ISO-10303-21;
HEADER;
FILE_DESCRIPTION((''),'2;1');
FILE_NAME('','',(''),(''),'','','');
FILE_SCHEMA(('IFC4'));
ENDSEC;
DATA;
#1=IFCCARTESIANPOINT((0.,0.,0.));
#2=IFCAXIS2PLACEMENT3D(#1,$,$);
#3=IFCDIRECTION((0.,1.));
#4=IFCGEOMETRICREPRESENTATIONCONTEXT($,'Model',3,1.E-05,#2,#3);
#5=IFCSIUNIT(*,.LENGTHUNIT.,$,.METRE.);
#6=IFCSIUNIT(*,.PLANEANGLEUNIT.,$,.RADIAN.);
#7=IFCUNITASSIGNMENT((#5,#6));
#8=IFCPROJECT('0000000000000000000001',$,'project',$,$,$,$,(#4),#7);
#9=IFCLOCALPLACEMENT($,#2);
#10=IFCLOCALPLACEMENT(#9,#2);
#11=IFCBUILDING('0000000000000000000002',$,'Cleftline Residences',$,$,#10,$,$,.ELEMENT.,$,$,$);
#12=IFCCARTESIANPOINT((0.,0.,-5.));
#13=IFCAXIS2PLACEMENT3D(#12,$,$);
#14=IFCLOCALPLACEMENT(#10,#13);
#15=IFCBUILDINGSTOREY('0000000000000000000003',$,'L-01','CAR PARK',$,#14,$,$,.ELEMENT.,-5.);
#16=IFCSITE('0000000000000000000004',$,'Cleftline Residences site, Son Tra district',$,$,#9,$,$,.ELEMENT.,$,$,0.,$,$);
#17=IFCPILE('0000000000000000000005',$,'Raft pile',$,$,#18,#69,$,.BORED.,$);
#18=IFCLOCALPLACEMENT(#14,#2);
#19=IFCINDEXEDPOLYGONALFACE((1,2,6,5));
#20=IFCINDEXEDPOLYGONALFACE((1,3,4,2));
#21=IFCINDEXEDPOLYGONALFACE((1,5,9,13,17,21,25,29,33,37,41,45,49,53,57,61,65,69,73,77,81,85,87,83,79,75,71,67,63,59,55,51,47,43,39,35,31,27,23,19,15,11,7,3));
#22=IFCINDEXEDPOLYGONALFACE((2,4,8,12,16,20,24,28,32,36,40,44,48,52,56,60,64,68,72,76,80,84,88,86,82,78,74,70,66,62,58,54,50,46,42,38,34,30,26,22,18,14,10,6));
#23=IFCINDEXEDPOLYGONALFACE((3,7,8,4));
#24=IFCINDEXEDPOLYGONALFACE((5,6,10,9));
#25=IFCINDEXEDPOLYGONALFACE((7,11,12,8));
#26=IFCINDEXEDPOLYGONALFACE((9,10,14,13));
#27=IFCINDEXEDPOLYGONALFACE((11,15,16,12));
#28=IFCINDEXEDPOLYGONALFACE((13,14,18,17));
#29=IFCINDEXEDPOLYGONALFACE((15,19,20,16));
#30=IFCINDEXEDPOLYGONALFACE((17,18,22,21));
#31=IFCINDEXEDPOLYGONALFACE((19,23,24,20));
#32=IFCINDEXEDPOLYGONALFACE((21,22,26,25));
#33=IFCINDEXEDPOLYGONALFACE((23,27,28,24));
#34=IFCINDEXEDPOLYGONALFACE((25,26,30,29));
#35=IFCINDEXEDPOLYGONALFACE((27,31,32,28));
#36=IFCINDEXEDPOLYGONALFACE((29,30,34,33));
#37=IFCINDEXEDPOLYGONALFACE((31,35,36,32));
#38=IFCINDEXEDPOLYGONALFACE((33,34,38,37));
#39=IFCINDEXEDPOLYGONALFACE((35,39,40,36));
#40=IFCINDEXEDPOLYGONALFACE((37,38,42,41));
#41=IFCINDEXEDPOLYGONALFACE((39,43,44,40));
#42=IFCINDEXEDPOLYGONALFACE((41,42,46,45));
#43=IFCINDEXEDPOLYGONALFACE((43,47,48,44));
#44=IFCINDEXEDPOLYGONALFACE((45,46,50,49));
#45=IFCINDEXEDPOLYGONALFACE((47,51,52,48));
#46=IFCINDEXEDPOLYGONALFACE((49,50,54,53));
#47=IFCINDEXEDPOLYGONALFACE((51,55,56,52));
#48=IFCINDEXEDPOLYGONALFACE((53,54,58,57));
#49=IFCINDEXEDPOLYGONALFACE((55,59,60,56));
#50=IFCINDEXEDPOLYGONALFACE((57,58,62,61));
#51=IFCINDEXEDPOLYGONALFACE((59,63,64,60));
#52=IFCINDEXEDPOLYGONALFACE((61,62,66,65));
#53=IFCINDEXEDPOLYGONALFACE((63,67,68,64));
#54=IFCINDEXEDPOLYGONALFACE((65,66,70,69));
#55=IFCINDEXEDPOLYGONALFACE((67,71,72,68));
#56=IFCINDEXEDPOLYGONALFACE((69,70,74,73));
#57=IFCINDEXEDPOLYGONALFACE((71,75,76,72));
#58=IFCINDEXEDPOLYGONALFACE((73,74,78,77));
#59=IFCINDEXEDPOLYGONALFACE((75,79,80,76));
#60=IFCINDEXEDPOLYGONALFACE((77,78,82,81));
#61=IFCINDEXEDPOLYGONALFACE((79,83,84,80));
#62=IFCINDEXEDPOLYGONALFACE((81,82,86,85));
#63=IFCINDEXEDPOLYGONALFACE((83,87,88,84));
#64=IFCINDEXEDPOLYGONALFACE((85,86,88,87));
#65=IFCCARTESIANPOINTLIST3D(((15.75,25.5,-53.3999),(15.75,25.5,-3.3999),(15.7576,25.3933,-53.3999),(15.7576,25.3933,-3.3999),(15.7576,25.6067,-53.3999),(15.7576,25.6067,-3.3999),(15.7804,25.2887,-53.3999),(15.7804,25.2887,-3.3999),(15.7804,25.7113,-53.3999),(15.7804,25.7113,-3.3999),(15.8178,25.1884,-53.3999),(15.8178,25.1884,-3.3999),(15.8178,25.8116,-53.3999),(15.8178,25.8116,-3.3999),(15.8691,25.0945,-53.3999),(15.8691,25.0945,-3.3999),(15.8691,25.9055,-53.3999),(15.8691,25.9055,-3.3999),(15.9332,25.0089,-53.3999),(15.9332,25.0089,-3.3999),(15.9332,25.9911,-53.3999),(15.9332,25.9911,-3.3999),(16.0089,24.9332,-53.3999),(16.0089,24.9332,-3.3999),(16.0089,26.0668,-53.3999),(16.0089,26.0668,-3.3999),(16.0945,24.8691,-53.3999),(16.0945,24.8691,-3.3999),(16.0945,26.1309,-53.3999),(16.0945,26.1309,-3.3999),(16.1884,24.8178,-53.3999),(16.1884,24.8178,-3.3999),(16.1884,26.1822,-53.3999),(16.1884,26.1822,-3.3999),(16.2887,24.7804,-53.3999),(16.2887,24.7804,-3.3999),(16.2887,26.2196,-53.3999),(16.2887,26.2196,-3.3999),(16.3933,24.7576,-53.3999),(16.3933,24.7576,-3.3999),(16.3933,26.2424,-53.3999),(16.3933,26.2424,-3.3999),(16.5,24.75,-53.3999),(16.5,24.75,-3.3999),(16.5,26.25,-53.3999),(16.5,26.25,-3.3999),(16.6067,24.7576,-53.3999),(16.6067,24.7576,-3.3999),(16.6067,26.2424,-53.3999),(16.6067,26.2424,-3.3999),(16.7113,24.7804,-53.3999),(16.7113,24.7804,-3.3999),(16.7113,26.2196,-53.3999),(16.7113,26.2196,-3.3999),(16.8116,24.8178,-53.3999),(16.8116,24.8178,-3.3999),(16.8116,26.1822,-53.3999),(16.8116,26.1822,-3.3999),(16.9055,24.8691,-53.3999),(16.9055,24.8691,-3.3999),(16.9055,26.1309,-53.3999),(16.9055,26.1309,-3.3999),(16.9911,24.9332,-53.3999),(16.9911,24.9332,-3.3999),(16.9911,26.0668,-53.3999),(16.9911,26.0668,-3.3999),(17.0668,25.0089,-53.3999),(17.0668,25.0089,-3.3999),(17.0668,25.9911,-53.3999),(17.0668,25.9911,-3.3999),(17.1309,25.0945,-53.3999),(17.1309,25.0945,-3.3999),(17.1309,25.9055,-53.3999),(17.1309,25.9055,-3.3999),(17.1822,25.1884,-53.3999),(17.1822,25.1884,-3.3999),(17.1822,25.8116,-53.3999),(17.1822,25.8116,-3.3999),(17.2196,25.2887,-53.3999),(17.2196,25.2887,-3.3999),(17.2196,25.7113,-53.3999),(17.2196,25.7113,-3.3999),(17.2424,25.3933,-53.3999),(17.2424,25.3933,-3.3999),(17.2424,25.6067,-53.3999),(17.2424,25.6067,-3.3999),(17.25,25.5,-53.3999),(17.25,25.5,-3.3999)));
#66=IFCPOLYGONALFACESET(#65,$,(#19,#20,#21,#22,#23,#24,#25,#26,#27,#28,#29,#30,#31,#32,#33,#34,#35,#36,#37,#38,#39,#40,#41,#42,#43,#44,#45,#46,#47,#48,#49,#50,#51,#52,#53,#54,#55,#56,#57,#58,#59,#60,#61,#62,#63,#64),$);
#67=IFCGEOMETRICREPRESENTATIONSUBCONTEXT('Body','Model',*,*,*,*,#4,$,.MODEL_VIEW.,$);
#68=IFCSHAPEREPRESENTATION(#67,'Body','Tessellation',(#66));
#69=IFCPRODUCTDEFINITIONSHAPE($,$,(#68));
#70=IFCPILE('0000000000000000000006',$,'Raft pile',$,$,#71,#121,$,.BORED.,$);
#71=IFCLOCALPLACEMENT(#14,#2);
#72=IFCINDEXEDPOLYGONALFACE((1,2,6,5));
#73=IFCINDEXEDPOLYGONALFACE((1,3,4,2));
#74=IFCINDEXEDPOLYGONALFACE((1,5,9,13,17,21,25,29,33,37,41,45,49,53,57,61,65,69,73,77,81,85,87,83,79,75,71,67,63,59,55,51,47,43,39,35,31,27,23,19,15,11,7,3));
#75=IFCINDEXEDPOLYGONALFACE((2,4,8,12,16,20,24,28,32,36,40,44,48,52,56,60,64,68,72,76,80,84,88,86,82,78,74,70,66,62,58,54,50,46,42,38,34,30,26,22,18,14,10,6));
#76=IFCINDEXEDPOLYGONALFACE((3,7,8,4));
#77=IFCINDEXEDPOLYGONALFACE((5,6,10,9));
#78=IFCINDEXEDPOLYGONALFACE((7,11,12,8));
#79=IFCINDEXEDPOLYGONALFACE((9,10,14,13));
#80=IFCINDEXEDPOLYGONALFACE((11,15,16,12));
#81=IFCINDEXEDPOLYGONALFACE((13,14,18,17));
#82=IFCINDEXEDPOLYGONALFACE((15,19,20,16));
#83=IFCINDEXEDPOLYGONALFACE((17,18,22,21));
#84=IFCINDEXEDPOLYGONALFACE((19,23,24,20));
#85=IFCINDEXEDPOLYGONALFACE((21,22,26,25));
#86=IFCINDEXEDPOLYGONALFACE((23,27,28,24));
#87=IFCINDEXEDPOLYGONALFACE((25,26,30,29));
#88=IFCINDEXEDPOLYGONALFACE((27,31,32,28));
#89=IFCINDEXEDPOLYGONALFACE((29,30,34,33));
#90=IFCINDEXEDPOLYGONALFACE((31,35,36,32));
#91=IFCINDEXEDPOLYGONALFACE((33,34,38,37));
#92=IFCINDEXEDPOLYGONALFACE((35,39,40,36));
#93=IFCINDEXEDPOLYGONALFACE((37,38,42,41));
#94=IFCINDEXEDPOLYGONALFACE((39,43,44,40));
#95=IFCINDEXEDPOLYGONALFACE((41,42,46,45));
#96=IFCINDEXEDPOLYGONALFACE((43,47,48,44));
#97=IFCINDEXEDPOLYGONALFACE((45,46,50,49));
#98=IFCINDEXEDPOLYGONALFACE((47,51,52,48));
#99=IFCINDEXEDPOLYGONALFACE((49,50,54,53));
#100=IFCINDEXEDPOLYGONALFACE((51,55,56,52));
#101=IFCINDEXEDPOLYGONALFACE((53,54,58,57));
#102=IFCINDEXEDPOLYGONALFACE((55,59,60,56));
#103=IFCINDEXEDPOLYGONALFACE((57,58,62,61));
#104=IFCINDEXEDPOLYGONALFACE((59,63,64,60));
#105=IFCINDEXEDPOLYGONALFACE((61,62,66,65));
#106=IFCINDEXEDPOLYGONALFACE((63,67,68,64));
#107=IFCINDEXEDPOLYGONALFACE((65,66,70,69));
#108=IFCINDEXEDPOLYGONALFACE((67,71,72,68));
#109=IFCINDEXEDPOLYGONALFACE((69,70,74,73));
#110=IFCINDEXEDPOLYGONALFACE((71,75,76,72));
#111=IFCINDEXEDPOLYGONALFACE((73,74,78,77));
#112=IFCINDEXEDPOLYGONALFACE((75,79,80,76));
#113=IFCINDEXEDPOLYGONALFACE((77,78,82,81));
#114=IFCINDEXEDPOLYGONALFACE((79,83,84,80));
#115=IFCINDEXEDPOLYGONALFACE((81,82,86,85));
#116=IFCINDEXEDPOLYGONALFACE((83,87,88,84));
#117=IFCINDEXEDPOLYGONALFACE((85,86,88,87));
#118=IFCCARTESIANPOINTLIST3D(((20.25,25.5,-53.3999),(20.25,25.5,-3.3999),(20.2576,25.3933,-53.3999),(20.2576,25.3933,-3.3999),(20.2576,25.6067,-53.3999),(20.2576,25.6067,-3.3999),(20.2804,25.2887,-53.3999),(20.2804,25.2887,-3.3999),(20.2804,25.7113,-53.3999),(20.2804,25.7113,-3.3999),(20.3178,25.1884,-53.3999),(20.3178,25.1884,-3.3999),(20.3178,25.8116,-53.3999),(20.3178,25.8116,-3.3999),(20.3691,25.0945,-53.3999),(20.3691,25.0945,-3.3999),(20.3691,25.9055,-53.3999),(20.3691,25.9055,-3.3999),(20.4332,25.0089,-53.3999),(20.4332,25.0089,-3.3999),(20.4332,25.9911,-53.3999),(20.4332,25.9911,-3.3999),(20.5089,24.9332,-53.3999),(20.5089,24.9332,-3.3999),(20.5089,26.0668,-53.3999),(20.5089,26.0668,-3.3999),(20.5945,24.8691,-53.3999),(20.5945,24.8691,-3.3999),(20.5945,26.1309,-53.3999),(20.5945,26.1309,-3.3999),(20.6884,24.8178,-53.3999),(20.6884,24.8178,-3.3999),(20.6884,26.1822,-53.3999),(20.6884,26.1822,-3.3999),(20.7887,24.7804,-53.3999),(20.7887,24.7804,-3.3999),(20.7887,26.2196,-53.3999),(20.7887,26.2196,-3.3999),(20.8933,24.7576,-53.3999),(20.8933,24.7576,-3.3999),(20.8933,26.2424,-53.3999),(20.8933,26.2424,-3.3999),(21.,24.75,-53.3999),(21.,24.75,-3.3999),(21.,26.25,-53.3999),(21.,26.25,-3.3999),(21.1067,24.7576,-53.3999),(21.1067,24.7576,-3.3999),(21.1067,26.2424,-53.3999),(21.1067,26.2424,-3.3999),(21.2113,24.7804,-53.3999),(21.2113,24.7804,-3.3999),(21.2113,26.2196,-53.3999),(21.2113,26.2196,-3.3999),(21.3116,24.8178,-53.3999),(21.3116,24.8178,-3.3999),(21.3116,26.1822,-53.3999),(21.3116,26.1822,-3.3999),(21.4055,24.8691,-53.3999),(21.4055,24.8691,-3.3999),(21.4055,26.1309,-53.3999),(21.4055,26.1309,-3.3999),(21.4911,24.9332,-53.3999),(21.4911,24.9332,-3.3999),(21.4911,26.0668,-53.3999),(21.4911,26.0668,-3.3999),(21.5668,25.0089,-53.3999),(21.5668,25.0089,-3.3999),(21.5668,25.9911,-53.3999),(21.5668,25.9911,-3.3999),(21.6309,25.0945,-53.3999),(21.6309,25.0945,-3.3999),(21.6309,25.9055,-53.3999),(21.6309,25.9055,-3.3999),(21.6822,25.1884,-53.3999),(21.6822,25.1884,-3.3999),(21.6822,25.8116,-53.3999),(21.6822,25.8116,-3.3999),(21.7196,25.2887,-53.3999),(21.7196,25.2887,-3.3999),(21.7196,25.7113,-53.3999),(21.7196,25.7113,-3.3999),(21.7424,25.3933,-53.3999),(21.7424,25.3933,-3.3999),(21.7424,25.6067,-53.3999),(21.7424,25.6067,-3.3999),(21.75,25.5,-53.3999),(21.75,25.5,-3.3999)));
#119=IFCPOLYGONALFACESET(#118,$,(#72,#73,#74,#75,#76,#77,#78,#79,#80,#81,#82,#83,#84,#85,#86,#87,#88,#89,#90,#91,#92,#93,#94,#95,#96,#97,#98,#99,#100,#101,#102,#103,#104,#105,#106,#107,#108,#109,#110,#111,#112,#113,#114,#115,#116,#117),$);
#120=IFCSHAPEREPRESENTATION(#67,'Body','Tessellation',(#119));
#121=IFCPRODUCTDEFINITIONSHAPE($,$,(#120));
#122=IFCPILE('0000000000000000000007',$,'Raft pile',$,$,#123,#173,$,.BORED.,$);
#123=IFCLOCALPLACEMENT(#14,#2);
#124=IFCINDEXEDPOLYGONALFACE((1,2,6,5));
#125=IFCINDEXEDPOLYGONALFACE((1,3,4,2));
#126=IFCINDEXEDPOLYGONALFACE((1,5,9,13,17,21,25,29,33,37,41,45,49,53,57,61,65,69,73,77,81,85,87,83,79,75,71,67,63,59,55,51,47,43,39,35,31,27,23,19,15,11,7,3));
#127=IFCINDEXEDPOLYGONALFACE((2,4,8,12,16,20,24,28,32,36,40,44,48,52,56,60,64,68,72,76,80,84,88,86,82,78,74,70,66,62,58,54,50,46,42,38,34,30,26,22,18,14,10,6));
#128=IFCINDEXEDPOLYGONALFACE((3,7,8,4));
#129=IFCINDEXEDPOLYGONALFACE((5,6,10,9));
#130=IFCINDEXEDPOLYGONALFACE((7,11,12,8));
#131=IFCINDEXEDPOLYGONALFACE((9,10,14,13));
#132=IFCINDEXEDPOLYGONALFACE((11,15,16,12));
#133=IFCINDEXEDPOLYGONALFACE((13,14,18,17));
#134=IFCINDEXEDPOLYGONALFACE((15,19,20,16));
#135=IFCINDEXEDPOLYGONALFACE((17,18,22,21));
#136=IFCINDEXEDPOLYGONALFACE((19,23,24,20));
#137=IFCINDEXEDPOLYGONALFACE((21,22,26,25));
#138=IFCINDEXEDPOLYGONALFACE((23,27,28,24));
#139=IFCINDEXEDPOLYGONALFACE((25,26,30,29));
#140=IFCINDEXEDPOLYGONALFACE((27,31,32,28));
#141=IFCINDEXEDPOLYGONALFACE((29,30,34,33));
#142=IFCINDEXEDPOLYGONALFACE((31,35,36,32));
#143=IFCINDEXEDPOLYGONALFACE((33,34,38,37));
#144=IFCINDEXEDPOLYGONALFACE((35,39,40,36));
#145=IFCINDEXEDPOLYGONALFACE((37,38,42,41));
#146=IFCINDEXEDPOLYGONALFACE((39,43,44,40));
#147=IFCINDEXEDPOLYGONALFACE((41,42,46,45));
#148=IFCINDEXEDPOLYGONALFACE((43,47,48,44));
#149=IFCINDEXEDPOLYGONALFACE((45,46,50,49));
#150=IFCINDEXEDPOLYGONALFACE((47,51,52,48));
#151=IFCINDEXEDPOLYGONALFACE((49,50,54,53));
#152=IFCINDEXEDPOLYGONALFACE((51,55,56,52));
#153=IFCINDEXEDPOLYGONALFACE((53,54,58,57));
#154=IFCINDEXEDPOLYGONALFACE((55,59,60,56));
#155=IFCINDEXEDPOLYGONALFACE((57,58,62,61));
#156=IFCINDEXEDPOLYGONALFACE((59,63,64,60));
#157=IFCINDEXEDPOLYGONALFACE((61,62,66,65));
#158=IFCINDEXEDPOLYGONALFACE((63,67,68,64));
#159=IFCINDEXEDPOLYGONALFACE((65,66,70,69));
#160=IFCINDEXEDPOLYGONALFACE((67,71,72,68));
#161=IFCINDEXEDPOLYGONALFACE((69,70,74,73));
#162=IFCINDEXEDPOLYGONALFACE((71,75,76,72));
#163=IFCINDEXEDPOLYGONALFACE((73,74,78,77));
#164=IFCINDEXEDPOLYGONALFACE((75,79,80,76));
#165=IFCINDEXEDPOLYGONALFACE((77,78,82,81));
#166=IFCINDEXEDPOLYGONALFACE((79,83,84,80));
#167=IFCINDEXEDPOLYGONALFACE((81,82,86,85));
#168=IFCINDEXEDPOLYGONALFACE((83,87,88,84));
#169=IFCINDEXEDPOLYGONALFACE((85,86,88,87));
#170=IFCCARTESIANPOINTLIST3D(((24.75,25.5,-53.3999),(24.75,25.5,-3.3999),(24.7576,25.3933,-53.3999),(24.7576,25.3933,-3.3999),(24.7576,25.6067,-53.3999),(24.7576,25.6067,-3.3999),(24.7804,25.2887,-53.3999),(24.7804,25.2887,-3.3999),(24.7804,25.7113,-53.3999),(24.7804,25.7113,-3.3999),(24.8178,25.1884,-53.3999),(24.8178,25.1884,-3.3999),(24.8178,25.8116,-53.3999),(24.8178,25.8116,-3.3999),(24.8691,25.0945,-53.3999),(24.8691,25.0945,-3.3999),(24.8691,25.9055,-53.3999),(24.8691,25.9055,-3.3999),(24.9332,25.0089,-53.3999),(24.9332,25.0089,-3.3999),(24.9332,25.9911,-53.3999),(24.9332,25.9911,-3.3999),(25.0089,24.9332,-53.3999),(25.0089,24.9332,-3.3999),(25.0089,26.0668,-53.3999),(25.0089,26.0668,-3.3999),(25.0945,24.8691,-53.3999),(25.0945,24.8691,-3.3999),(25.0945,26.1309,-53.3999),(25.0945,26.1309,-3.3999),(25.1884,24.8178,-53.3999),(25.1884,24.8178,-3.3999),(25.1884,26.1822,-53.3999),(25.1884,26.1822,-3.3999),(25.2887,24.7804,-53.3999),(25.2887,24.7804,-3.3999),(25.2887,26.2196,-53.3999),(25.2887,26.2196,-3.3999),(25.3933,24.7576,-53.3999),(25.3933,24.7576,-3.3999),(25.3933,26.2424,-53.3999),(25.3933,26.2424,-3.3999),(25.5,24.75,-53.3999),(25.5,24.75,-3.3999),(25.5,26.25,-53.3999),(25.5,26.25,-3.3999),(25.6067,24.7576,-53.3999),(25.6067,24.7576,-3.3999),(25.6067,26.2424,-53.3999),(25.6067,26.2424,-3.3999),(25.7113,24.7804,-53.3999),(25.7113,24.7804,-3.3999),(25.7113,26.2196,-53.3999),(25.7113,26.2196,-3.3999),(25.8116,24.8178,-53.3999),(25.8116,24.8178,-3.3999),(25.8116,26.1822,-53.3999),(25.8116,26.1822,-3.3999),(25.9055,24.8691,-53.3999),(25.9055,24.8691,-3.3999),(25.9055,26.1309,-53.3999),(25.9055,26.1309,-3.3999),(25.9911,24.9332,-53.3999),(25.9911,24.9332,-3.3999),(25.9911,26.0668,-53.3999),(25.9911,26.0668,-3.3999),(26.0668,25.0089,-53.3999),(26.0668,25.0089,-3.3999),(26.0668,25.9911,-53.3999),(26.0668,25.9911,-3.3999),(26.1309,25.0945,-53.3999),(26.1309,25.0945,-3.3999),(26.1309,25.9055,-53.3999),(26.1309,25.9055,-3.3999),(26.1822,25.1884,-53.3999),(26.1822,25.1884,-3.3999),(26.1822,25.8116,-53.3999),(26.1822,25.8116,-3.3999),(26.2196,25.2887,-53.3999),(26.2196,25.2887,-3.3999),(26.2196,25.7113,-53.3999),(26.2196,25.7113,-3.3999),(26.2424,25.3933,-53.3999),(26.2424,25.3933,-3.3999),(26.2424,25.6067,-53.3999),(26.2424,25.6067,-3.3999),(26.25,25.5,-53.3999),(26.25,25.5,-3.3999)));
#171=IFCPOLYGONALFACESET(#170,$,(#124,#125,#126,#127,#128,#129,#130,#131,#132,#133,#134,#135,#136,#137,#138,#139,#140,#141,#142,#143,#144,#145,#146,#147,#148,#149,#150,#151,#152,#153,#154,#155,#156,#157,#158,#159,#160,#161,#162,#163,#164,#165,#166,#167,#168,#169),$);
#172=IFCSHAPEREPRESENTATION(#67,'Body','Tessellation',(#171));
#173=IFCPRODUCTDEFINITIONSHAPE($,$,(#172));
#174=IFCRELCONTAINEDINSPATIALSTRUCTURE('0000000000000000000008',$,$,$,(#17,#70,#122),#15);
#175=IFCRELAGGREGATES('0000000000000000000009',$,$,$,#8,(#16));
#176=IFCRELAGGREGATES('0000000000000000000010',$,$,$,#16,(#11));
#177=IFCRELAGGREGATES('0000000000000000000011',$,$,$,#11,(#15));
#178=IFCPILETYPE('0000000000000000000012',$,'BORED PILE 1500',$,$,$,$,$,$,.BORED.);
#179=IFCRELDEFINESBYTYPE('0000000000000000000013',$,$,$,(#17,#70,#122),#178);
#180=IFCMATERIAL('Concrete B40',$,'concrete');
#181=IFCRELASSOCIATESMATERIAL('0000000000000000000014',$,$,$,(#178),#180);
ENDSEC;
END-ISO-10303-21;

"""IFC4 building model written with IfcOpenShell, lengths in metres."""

from ifc_helpers import new_model, si_unit, direction, frame, origin, origin_2d, place, context, subcontext, project, spatial, circle, extrude, material, material_profile, profile_set, type_object, element, save


model = new_model("IFC4")

# Units and contexts
model_context = context("Model", 3, precision=1e-05, world=origin(), true_north=direction((0.0, 1.0)))
body_context = subcontext(model_context, "Body", "Model", "MODEL_VIEW")
ifc_project = project(units=[si_unit("LENGTHUNIT", "METRE"), si_unit("PLANEANGLEUNIT", "RADIAN")], contexts=[model_context])

# Site, building, storey
site_placement = place(None, origin())
site = spatial("IfcSite", under=ifc_project, at=site_placement, Name="Cleftline Residences site, Son Tra district", CompositionType="ELEMENT", RefElevation=0.0)
building_placement = place(site_placement, origin())
building = spatial("IfcBuilding", under=site, at=building_placement, Name="Cleftline Residences", CompositionType="ELEMENT")
storey_placement = place(building_placement, frame((0.0, 0.0, -5.0)))
storey = spatial("IfcBuildingStorey", under=building, at=storey_placement, Name="L-01", Description="CAR PARK", CompositionType="ELEMENT", Elevation=-5.0)

# Piles
ifc_material_1 = material(Name="Concrete B40", Category="concrete")
ifc_material_profile_1 = material_profile(ifc_material_1, circle(Radius=0.75, at=origin_2d()))
ifc_profile_set_1 = profile_set([ifc_material_profile_1], Name="Concrete B40")
pile_type = type_object("IfcPileType", Name="BORED PILE 1500", PredefinedType="BORED", material=ifc_profile_set_1)
for number, where, z_axis, x_axis, name in (
    (1, (16.5, 25.5, -3.3999), (0.0, 0.0, -1.0), (1.0, 0.0, 0.0), "Raft pile"),
    (2, (21.0, 25.5, -3.3999), (0.0, 0.0, -1.0), (1.0, 0.0, 0.0), "Raft pile"),
    (3, (25.5, 25.5, -3.3999), (0.0, 0.0, -1.0), (1.0, 0.0, 0.0), "Raft pile"),
):
    element("IfcPile", number, at=place(storey_placement, frame(where, z_axis=z_axis, x_axis=x_axis)), inside=storey, type_object=pile_type, Name=name, PredefinedType="BORED", context=body_context, shape_type="SweptSolid", body=[
        extrude(circle(Radius=0.75, at=origin_2d()), origin(), (0.0, 0.0, 1.0), 50.0),
    ])

save(model, "model.ifc")
